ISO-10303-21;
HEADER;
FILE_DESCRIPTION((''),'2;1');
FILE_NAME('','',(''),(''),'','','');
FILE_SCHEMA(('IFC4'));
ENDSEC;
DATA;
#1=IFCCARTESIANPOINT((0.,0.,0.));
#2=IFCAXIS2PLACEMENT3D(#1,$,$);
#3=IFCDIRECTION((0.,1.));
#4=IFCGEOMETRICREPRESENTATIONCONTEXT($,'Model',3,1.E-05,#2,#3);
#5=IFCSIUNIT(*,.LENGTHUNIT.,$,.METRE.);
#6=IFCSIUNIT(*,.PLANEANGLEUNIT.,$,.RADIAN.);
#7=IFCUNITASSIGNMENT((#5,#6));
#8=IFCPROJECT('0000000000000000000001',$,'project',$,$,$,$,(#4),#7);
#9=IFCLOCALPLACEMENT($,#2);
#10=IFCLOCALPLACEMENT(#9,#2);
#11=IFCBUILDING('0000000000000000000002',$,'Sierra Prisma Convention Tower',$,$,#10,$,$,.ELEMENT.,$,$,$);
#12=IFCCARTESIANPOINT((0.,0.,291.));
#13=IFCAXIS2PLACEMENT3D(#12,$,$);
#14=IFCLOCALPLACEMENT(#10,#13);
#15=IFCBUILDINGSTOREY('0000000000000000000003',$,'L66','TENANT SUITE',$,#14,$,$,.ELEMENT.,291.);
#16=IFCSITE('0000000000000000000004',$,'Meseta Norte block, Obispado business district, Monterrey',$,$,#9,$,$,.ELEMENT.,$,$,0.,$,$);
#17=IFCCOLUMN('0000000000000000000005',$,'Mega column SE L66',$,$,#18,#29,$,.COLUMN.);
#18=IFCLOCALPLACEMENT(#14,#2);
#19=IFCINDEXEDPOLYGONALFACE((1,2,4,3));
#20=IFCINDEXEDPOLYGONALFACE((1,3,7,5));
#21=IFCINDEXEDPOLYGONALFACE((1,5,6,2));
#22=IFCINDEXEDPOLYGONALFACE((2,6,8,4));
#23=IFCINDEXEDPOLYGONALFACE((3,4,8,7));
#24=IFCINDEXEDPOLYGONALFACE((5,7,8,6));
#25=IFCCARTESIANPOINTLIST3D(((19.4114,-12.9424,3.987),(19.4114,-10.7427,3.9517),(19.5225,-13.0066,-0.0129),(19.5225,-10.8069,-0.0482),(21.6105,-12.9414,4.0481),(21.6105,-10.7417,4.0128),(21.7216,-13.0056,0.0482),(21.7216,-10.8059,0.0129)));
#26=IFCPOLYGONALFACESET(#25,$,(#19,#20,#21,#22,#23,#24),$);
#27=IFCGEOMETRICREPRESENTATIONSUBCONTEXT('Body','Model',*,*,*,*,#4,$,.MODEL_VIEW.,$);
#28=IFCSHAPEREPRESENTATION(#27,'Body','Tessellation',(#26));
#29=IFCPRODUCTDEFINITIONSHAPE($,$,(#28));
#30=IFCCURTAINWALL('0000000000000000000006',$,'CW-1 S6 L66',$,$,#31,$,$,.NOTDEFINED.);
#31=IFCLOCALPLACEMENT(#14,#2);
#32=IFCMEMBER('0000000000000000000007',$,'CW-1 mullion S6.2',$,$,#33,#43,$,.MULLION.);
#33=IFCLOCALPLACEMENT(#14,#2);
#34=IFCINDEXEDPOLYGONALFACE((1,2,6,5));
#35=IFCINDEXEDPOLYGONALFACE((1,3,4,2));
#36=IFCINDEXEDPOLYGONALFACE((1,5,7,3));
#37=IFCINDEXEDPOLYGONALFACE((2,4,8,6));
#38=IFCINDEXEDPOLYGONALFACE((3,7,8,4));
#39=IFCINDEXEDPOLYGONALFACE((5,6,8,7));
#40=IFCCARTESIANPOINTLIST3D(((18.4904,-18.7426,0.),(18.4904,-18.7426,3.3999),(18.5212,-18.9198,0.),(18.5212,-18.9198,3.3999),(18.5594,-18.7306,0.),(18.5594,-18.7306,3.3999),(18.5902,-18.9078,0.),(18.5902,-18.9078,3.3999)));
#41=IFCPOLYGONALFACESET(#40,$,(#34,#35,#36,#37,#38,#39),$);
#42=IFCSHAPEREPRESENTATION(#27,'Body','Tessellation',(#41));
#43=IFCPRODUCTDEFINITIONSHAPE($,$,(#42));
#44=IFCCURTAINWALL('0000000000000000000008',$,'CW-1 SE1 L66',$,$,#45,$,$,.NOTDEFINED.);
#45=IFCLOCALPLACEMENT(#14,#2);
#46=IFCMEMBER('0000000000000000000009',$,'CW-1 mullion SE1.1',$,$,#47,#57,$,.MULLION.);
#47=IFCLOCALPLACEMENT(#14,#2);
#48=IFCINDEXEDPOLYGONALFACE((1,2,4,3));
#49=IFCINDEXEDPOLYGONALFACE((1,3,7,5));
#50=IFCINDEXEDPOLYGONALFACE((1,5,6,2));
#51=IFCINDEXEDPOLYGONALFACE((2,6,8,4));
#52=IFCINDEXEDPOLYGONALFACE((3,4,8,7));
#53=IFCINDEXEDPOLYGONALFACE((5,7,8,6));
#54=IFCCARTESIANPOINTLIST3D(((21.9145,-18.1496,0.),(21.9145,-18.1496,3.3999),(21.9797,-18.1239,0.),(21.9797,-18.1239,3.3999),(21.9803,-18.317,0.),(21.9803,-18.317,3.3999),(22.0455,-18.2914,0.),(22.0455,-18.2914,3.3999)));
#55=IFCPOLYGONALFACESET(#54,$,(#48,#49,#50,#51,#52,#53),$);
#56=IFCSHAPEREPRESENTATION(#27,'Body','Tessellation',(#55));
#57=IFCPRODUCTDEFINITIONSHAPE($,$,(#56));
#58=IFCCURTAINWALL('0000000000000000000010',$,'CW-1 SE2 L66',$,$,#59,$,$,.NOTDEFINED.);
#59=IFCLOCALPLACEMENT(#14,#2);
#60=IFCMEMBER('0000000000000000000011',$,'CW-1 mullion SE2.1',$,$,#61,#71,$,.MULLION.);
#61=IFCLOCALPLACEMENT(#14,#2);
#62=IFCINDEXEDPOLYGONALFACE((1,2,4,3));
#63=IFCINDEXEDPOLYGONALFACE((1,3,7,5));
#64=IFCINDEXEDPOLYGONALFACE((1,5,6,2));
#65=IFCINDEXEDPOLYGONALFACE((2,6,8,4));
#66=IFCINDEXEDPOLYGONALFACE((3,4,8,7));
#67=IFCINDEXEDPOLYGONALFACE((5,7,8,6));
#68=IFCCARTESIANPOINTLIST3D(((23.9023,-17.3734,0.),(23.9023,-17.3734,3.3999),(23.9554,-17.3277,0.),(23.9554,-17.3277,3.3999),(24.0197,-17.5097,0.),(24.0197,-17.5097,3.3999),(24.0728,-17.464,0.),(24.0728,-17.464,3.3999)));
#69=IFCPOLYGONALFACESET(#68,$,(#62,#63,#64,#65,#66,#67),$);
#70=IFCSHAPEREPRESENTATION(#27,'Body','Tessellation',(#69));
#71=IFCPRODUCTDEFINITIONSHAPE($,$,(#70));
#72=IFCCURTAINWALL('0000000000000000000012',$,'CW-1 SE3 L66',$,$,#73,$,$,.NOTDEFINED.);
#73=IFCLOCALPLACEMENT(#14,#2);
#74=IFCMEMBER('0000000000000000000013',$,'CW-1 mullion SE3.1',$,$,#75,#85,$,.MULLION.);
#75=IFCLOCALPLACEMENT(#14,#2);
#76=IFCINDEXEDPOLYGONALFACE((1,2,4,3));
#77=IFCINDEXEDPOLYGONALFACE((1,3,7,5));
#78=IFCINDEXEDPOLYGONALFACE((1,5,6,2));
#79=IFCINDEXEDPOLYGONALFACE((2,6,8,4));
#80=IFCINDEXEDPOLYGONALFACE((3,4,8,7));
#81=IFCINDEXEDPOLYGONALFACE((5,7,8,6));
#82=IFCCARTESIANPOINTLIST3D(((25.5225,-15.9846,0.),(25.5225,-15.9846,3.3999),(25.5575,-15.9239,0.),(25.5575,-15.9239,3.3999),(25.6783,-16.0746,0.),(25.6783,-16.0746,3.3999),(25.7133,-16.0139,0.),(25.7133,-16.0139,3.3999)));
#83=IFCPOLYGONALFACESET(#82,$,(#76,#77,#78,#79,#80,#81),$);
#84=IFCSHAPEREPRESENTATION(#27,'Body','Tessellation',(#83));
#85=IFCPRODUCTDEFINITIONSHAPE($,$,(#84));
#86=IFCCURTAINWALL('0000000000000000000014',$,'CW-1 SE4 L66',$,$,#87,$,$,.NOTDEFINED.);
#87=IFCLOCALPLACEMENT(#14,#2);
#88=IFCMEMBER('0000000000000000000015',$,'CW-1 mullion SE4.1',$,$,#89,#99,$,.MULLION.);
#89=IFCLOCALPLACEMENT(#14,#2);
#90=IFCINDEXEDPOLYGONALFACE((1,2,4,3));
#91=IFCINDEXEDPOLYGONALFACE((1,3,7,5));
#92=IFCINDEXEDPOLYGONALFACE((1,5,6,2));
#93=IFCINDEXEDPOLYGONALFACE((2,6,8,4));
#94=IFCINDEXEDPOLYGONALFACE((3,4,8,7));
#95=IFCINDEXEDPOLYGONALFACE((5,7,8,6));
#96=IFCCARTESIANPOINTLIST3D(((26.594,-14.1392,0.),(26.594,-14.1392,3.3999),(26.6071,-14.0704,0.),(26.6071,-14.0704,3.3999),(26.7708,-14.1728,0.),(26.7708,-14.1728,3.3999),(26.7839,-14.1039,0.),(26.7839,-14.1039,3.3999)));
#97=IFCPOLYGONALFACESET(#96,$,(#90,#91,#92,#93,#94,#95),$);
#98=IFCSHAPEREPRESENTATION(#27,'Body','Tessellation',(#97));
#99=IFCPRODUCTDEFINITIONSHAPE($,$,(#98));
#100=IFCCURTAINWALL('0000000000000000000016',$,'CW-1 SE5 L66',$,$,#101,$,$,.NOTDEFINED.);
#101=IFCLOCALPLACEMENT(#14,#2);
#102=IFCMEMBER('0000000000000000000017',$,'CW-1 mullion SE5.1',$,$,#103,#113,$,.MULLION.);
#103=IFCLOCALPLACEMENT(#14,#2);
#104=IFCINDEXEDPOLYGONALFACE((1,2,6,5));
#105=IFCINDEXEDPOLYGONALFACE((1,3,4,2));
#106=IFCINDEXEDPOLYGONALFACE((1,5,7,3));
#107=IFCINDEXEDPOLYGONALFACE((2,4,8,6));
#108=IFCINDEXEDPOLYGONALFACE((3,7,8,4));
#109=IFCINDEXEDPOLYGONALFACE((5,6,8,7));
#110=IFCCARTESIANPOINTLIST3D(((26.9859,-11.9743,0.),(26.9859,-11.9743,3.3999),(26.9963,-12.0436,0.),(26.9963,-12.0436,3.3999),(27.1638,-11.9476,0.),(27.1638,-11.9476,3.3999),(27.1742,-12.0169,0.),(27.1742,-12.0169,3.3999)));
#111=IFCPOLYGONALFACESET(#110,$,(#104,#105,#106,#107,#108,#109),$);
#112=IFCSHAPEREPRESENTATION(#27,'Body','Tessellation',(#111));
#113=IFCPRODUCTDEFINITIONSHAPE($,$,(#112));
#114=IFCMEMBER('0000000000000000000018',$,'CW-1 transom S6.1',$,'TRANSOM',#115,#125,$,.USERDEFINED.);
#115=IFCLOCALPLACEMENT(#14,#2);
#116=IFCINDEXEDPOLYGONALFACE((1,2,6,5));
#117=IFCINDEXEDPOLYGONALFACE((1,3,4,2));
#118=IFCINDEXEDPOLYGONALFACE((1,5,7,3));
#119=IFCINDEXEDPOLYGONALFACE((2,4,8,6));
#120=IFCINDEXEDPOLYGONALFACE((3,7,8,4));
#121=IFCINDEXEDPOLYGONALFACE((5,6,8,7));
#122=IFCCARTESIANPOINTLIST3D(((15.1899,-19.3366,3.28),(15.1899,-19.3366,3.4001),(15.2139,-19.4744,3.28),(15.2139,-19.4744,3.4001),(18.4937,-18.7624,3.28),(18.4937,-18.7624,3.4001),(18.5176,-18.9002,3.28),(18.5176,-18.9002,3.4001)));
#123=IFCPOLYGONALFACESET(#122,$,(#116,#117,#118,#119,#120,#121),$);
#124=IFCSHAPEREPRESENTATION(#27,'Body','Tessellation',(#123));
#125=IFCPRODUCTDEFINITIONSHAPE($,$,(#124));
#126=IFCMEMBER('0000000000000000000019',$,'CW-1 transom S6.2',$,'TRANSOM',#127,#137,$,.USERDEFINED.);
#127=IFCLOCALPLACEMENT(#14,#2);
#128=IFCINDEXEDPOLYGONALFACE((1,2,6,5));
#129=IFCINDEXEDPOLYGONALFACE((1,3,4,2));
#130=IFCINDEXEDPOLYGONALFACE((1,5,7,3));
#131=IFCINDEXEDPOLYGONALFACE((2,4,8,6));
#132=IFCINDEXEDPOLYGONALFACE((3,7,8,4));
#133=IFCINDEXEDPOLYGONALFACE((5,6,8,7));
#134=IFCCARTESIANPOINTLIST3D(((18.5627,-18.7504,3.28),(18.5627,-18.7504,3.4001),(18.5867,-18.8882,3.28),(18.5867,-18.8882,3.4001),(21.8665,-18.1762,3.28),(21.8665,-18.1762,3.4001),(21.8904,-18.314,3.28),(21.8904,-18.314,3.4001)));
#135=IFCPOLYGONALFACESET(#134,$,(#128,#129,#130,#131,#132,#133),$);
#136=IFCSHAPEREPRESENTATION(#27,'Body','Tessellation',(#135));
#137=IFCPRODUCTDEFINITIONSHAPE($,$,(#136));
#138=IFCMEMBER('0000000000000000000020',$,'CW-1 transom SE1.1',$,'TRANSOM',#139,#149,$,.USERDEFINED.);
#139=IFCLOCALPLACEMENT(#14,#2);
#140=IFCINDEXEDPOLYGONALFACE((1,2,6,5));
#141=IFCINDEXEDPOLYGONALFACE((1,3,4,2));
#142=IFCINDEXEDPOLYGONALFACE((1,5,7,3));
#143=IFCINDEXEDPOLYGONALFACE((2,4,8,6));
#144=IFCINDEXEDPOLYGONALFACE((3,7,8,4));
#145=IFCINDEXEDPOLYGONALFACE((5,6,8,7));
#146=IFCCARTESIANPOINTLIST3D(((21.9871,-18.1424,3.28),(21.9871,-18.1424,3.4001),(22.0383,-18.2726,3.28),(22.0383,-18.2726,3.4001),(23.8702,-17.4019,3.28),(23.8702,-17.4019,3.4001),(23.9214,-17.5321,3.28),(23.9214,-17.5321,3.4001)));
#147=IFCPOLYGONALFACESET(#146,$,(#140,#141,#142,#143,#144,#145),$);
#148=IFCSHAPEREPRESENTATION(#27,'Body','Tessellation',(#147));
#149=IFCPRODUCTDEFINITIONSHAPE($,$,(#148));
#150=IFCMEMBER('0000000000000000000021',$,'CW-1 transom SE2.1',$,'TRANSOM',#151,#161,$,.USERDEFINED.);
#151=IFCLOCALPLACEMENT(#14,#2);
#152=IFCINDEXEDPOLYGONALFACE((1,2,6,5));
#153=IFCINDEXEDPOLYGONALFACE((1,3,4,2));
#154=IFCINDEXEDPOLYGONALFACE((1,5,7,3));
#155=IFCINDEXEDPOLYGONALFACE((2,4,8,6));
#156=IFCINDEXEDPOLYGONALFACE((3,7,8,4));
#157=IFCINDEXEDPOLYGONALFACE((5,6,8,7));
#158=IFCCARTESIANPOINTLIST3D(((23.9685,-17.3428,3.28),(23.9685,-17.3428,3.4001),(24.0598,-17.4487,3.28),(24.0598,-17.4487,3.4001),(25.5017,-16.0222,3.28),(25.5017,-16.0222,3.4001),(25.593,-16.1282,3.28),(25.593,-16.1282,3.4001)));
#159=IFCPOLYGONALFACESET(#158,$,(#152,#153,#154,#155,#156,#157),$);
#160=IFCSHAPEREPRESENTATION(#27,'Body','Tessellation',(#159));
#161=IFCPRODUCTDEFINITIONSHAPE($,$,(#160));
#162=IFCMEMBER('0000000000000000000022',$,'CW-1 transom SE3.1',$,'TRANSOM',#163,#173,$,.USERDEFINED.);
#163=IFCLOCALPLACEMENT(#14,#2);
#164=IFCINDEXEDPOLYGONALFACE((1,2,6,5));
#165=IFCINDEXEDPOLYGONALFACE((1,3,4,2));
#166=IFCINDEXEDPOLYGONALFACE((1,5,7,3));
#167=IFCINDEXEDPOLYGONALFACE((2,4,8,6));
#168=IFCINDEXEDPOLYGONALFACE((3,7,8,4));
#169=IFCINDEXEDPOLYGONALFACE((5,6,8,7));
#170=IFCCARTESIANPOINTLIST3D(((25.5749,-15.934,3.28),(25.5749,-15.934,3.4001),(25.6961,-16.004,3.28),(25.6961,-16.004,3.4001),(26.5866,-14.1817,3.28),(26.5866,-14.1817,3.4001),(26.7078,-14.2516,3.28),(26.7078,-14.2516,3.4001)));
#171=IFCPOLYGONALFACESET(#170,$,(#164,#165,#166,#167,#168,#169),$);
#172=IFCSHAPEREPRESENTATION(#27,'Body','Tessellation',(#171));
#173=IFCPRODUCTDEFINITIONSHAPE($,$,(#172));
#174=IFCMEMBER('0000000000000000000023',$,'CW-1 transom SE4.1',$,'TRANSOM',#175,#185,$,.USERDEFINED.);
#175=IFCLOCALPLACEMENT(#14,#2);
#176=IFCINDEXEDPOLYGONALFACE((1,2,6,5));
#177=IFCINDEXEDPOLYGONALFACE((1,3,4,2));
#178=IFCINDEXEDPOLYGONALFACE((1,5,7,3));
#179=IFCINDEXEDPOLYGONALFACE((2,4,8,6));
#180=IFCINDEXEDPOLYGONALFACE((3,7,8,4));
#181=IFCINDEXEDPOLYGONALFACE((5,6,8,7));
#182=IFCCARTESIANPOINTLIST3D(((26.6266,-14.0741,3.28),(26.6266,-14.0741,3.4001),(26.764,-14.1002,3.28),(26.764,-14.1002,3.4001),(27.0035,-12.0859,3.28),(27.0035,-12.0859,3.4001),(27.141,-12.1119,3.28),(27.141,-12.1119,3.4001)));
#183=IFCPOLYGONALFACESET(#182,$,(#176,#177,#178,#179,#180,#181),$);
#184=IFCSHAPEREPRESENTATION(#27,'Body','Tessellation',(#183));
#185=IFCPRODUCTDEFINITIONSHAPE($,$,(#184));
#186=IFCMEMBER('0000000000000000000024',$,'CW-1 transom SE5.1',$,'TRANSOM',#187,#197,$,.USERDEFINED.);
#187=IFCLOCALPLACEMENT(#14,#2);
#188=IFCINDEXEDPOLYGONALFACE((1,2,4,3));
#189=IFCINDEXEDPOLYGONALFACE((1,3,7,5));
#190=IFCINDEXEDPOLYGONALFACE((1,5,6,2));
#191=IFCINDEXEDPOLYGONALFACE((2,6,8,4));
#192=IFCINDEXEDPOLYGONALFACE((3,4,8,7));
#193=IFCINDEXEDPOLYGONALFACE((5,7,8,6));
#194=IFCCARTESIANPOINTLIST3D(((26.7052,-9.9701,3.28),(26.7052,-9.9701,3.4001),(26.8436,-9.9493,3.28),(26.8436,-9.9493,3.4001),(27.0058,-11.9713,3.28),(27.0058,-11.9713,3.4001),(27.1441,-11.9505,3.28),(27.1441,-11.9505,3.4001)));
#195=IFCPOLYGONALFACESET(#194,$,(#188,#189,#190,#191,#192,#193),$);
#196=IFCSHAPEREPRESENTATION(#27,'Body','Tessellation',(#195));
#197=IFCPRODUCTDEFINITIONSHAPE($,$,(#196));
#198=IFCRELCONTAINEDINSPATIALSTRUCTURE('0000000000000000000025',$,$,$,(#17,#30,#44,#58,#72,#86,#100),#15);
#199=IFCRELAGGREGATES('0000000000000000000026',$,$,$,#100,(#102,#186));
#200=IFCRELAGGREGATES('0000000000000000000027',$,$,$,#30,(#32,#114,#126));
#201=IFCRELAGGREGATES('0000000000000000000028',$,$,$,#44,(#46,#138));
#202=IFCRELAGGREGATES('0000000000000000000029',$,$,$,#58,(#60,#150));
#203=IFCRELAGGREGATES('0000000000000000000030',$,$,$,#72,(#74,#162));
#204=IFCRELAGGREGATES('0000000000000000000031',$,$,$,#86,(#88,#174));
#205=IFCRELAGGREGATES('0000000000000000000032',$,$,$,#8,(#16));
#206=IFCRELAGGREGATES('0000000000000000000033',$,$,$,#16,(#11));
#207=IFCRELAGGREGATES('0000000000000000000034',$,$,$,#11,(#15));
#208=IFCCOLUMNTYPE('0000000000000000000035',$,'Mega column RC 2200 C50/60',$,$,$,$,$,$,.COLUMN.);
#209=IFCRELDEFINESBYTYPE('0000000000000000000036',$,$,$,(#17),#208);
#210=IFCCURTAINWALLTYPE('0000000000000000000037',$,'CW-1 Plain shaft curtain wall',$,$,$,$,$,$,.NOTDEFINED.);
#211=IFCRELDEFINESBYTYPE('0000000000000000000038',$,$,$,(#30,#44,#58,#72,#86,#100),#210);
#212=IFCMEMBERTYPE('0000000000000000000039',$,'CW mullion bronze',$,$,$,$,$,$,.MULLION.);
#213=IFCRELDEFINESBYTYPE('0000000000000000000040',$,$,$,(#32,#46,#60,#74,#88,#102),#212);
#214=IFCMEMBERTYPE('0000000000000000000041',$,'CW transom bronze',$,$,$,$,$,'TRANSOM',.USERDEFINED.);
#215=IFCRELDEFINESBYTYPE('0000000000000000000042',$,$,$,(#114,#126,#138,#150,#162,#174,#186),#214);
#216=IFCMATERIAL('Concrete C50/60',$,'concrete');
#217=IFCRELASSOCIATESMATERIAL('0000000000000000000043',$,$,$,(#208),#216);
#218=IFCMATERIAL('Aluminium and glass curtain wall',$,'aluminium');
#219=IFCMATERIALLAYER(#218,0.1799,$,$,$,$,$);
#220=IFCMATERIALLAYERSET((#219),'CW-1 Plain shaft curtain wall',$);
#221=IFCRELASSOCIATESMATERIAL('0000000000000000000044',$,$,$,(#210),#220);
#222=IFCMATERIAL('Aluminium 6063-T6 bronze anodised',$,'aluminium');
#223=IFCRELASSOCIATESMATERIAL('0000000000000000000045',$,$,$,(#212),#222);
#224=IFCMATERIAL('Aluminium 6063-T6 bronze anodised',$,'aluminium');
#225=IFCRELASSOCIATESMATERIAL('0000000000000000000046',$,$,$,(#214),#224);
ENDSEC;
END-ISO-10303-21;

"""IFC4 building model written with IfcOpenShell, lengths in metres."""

from ifc_helpers import new_model, si_unit, direction, frame, origin, origin_2d, place, context, subcontext, project, spatial, rectangle, extrude, material, layer, layer_set, material_profile, profile_set, type_object, element, aggregate, save


model = new_model("IFC4")

# Units and contexts
model_context = context("Model", 3, precision=1e-05, world=origin(), true_north=direction((0.0, 1.0)))
body_context = subcontext(model_context, "Body", "Model", "MODEL_VIEW")
ifc_project = project(units=[si_unit("LENGTHUNIT", "METRE"), si_unit("PLANEANGLEUNIT", "RADIAN")], contexts=[model_context])

# Site, building, storey
site_placement = place(None, origin())
site = spatial("IfcSite", under=ifc_project, at=site_placement, Name="Meseta Norte block, Obispado business district, Monterrey", CompositionType="ELEMENT", RefElevation=0.0)
building_placement = place(site_placement, origin())
building = spatial("IfcBuilding", under=site, at=building_placement, Name="Sierra Prisma Convention Tower", CompositionType="ELEMENT")
storey_placement = place(building_placement, frame((0.0, 0.0, 291.0)))
storey = spatial("IfcBuildingStorey", under=building, at=storey_placement, Name="L66", Description="TENANT SUITE", CompositionType="ELEMENT", Elevation=291.0)

# Column
ifc_material_1 = material(Name="Concrete C50/60", Category="concrete")
ifc_material_profile_1 = material_profile(ifc_material_1, rectangle(XDim=2.2, YDim=2.2, at=origin_2d()), Name="Mega column RC 2200 C50/60")
ifc_profile_set_1 = profile_set([ifc_material_profile_1], Name="Concrete C50/60")
column_type = type_object("IfcColumnType", Name="Mega column RC 2200 C50/60", PredefinedType="COLUMN", material=ifc_profile_set_1)
column_placement = place(storey_placement, frame((20.6221, -11.9062, 0.0), z_axis=(-0.027757, 0.016044, 0.999486), x_axis=(0.999615, 0.000446, 0.027753)))
element("IfcColumn", 1, at=column_placement, inside=storey, type_object=column_type, Name="Mega column SE L66", PredefinedType="COLUMN", context=body_context, shape_type="SweptSolid", body=[
    extrude(rectangle(XDim=2.2, YDim=2.2, at=origin_2d()), origin(), (0.0, 0.0, 1.0), 4.002),
])

# Curtain walls, members
ifc_material_2 = material(Name="Aluminium and glass curtain wall", Category="aluminium")
ifc_layer_1 = layer(ifc_material_2, 0.1799)
ifc_layer_set_1 = layer_set([ifc_layer_1], Name="CW-1 Plain shaft curtain wall")
curtain_wall_type = type_object("IfcCurtainWallType", Name="CW-1 Plain shaft curtain wall", PredefinedType="NOTDEFINED", material=ifc_layer_set_1)
curtain_wall_1_placement = place(storey_placement, origin())
curtain_wall_1 = element("IfcCurtainWall", 2, at=curtain_wall_1_placement, inside=storey, type_object=curtain_wall_type, Name="CW-1 S6 L66", PredefinedType="NOTDEFINED")
ifc_material_3 = material(Name="Aluminium 6063-T6 bronze anodised", Category="aluminium")
ifc_material_profile_2 = material_profile(ifc_material_3, rectangle(XDim=0.1799, YDim=0.0701, at=origin_2d()), Name="ALU MULLION 70x180")
ifc_profile_set_2 = profile_set([ifc_material_profile_2], Name="Aluminium 6063-T6 bronze anodised")
member_type_1 = type_object("IfcMemberType", Name="CW mullion bronze", PredefinedType="MULLION", material=ifc_profile_set_2)
member_1_placement = place(storey_placement, frame((18.5403, -18.8252, 0.0), z_axis=(0.0, 0.0, 1.0), x_axis=(-0.171222, 0.985233, 0.0)))
member_1 = element("IfcMember", 3, at=member_1_placement, type_object=member_type_1, Name="CW-1 mullion S6.2", PredefinedType="MULLION", context=body_context, shape_type="SweptSolid", body=[
    extrude(rectangle(XDim=0.1799, YDim=0.0701, at=origin_2d()), origin(), (0.0, 0.0, 1.0), 3.3999),
])
curtain_wall_2_placement = place(storey_placement, origin())
curtain_wall_2 = element("IfcCurtainWall", 4, at=curtain_wall_2_placement, inside=storey, type_object=curtain_wall_type, Name="CW-1 SE1 L66", PredefinedType="NOTDEFINED")
member_2_placement = place(storey_placement, frame((21.98, -18.2205, 0.0), z_axis=(0.0, 0.0, 1.0), x_axis=(-0.365925, 0.930644, 0.0)))
member_2 = element("IfcMember", 5, at=member_2_placement, type_object=member_type_1, Name="CW-1 mullion SE1.1", PredefinedType="MULLION", context=body_context, shape_type="SweptSolid", body=[
    extrude(rectangle(XDim=0.1799, YDim=0.0701, at=origin_2d()), origin(), (0.0, 0.0, 1.0), 3.3999),
])
curtain_wall_3_placement = place(storey_placement, origin())
curtain_wall_3 = element("IfcCurtainWall", 6, at=curtain_wall_3_placement, inside=storey, type_object=curtain_wall_type, Name="CW-1 SE2 L66", PredefinedType="NOTDEFINED")
member_3_placement = place(storey_placement, frame((23.9875, -17.4187, 0.0), z_axis=(0.0, 0.0, 1.0), x_axis=(-0.652525, 0.757767, 0.0)))
member_3 = element("IfcMember", 7, at=member_3_placement, type_object=member_type_1, Name="CW-1 mullion SE2.1", PredefinedType="MULLION", context=body_context, shape_type="SweptSolid", body=[
    extrude(rectangle(XDim=0.1799, YDim=0.0701, at=origin_2d()), origin(), (0.0, 0.0, 1.0), 3.3999),
])
curtain_wall_4_placement = place(storey_placement, origin())
curtain_wall_4 = element("IfcCurtainWall", 8, at=curtain_wall_4_placement, inside=storey, type_object=curtain_wall_type, Name="CW-1 SE3 L66", PredefinedType="NOTDEFINED")
member_4_placement = place(storey_placement, frame((25.6179, -15.9993, 0.0), z_axis=(0.0, 0.0, 1.0), x_axis=(-0.866025, 0.5, 0.0)))
member_4 = element("IfcMember", 9, at=member_4_placement, type_object=member_type_1, Name="CW-1 mullion SE3.1", PredefinedType="MULLION", context=body_context, shape_type="SweptSolid", body=[
    extrude(rectangle(XDim=0.1799, YDim=0.0701, at=origin_2d()), origin(), (0.0, 0.0, 1.0), 3.3999),
])
curtain_wall_5_placement = place(storey_placement, origin())
curtain_wall_5 = element("IfcCurtainWall", 10, at=curtain_wall_5_placement, inside=storey, type_object=curtain_wall_type, Name="CW-1 SE4 L66", PredefinedType="NOTDEFINED")
member_5_placement = place(storey_placement, frame((26.689, -14.1216, 0.0), z_axis=(0.0, 0.0, 1.0), x_axis=(-0.982508, 0.18622, 0.0)))
member_5 = element("IfcMember", 11, at=member_5_placement, type_object=member_type_1, Name="CW-1 mullion SE4.1", PredefinedType="MULLION", context=body_context, shape_type="SweptSolid", body=[
    extrude(rectangle(XDim=0.1799, YDim=0.0701, at=origin_2d()), origin(), (0.0, 0.0, 1.0), 3.3999),
])
curtain_wall_6_placement = place(storey_placement, origin())
curtain_wall_6 = element("IfcCurtainWall", 12, at=curtain_wall_6_placement, inside=storey, type_object=curtain_wall_type, Name="CW-1 SE5 L66", PredefinedType="NOTDEFINED")
member_6_placement = place(storey_placement, frame((27.0801, -11.9956, 0.0), z_axis=(0.0, 0.0, 1.0), x_axis=(-0.988924, -0.148422, 0.0)))
member_6 = element("IfcMember", 13, at=member_6_placement, type_object=member_type_1, Name="CW-1 mullion SE5.1", PredefinedType="MULLION", context=body_context, shape_type="SweptSolid", body=[
    extrude(rectangle(XDim=0.1799, YDim=0.0701, at=origin_2d()), origin(), (0.0, 0.0, 1.0), 3.3999),
])

# Members
ifc_material_4 = material(Name="Aluminium 6063-T6 bronze anodised", Category="aluminium")
ifc_material_profile_3 = material_profile(ifc_material_4, rectangle(XDim=0.1399, YDim=0.1201, at=origin_2d()), Name="ALU TRANSOM 120x140")
ifc_profile_set_3 = profile_set([ifc_material_profile_3], Name="Aluminium 6063-T6 bronze anodised")
member_type_2 = type_object("IfcMemberType", Name="CW transom bronze", ElementType="TRANSOM", PredefinedType="USERDEFINED", material=ifc_profile_set_3)
member_7_placement = place(storey_placement, frame((15.2019, -19.4055, 3.3401), z_axis=(0.985229, 0.171243, 0.0), x_axis=(-0.171243, 0.985229, 0.0)))
member_7 = element("IfcMember", 14, at=member_7_placement, type_object=member_type_2, Name="CW-1 transom S6.1", ObjectType="TRANSOM", PredefinedType="USERDEFINED", context=body_context, shape_type="SweptSolid", body=[
    extrude(rectangle(XDim=0.1399, YDim=0.1201, at=origin_2d()), origin(), (0.0, 0.0, 1.0), 3.3533),
])
member_8_placement = place(storey_placement, frame((18.5747, -18.8193, 3.3401), z_axis=(0.985229, 0.171243, 0.0), x_axis=(-0.171243, 0.985229, 0.0)))
member_8 = element("IfcMember", 15, at=member_8_placement, type_object=member_type_2, Name="CW-1 transom S6.2", ObjectType="TRANSOM", PredefinedType="USERDEFINED", context=body_context, shape_type="SweptSolid", body=[
    extrude(rectangle(XDim=0.1399, YDim=0.1201, at=origin_2d()), origin(), (0.0, 0.0, 1.0), 3.3533),
])
member_9_placement = place(storey_placement, frame((22.0127, -18.2075, 3.3401), z_axis=(0.930633, 0.365955, 0.0), x_axis=(-0.365955, 0.930633, 0.0)))
member_9 = element("IfcMember", 16, at=member_9_placement, type_object=member_type_2, Name="CW-1 transom SE1.1", ObjectType="TRANSOM", PredefinedType="USERDEFINED", context=body_context, shape_type="SweptSolid", body=[
    extrude(rectangle(XDim=0.1399, YDim=0.1201, at=origin_2d()), origin(), (0.0, 0.0, 1.0), 2.0234),
])
member_10_placement = place(storey_placement, frame((24.0142, -17.3958, 3.3401), z_axis=(0.757696, 0.652608, 0.0), x_axis=(-0.652608, 0.757696, 0.0)))
member_10 = element("IfcMember", 17, at=member_10_placement, type_object=member_type_2, Name="CW-1 transom SE2.1", ObjectType="TRANSOM", PredefinedType="USERDEFINED", context=body_context, shape_type="SweptSolid", body=[
    extrude(rectangle(XDim=0.1399, YDim=0.1201, at=origin_2d()), origin(), (0.0, 0.0, 1.0), 2.0234),
])
member_11_placement = place(storey_placement, frame((25.6355, -15.969, 3.3401), z_axis=(0.49998, 0.866037, 0.0), x_axis=(-0.866037, 0.49998, 0.0)))
member_11 = element("IfcMember", 18, at=member_11_placement, type_object=member_type_2, Name="CW-1 transom SE3.1", ObjectType="TRANSOM", PredefinedType="USERDEFINED", context=body_context, shape_type="SweptSolid", body=[
    extrude(rectangle(XDim=0.1399, YDim=0.1201, at=origin_2d()), origin(), (0.0, 0.0, 1.0), 2.0234),
])
member_12_placement = place(storey_placement, frame((26.6953, -14.0872, 3.3401), z_axis=(0.186269, 0.982499, 0.0), x_axis=(-0.982499, 0.186269, 0.0)))
member_12 = element("IfcMember", 19, at=member_12_placement, type_object=member_type_2, Name="CW-1 transom SE4.1", ObjectType="TRANSOM", PredefinedType="USERDEFINED", context=body_context, shape_type="SweptSolid", body=[
    extrude(rectangle(XDim=0.1399, YDim=0.1201, at=origin_2d()), origin(), (0.0, 0.0, 1.0), 2.0237),
])
member_13_placement = place(storey_placement, frame((27.075, -11.9609, 3.3401), z_axis=(-0.148512, 0.988911, 0.0), x_axis=(-0.988911, -0.148512, 0.0)))
member_13 = element("IfcMember", 20, at=member_13_placement, type_object=member_type_2, Name="CW-1 transom SE5.1", ObjectType="TRANSOM", PredefinedType="USERDEFINED", context=body_context, shape_type="SweptSolid", body=[
    extrude(rectangle(XDim=0.1399, YDim=0.1201, at=origin_2d()), origin(), (0.0, 0.0, 1.0), 2.0237),
])
aggregate(curtain_wall_6, [member_6, member_13])

aggregate(curtain_wall_1, [member_1, member_7, member_8])
aggregate(curtain_wall_2, [member_2, member_9])
aggregate(curtain_wall_3, [member_3, member_10])
aggregate(curtain_wall_4, [member_4, member_11])
aggregate(curtain_wall_5, [member_5, member_12])

save(model, "model.ifc")
